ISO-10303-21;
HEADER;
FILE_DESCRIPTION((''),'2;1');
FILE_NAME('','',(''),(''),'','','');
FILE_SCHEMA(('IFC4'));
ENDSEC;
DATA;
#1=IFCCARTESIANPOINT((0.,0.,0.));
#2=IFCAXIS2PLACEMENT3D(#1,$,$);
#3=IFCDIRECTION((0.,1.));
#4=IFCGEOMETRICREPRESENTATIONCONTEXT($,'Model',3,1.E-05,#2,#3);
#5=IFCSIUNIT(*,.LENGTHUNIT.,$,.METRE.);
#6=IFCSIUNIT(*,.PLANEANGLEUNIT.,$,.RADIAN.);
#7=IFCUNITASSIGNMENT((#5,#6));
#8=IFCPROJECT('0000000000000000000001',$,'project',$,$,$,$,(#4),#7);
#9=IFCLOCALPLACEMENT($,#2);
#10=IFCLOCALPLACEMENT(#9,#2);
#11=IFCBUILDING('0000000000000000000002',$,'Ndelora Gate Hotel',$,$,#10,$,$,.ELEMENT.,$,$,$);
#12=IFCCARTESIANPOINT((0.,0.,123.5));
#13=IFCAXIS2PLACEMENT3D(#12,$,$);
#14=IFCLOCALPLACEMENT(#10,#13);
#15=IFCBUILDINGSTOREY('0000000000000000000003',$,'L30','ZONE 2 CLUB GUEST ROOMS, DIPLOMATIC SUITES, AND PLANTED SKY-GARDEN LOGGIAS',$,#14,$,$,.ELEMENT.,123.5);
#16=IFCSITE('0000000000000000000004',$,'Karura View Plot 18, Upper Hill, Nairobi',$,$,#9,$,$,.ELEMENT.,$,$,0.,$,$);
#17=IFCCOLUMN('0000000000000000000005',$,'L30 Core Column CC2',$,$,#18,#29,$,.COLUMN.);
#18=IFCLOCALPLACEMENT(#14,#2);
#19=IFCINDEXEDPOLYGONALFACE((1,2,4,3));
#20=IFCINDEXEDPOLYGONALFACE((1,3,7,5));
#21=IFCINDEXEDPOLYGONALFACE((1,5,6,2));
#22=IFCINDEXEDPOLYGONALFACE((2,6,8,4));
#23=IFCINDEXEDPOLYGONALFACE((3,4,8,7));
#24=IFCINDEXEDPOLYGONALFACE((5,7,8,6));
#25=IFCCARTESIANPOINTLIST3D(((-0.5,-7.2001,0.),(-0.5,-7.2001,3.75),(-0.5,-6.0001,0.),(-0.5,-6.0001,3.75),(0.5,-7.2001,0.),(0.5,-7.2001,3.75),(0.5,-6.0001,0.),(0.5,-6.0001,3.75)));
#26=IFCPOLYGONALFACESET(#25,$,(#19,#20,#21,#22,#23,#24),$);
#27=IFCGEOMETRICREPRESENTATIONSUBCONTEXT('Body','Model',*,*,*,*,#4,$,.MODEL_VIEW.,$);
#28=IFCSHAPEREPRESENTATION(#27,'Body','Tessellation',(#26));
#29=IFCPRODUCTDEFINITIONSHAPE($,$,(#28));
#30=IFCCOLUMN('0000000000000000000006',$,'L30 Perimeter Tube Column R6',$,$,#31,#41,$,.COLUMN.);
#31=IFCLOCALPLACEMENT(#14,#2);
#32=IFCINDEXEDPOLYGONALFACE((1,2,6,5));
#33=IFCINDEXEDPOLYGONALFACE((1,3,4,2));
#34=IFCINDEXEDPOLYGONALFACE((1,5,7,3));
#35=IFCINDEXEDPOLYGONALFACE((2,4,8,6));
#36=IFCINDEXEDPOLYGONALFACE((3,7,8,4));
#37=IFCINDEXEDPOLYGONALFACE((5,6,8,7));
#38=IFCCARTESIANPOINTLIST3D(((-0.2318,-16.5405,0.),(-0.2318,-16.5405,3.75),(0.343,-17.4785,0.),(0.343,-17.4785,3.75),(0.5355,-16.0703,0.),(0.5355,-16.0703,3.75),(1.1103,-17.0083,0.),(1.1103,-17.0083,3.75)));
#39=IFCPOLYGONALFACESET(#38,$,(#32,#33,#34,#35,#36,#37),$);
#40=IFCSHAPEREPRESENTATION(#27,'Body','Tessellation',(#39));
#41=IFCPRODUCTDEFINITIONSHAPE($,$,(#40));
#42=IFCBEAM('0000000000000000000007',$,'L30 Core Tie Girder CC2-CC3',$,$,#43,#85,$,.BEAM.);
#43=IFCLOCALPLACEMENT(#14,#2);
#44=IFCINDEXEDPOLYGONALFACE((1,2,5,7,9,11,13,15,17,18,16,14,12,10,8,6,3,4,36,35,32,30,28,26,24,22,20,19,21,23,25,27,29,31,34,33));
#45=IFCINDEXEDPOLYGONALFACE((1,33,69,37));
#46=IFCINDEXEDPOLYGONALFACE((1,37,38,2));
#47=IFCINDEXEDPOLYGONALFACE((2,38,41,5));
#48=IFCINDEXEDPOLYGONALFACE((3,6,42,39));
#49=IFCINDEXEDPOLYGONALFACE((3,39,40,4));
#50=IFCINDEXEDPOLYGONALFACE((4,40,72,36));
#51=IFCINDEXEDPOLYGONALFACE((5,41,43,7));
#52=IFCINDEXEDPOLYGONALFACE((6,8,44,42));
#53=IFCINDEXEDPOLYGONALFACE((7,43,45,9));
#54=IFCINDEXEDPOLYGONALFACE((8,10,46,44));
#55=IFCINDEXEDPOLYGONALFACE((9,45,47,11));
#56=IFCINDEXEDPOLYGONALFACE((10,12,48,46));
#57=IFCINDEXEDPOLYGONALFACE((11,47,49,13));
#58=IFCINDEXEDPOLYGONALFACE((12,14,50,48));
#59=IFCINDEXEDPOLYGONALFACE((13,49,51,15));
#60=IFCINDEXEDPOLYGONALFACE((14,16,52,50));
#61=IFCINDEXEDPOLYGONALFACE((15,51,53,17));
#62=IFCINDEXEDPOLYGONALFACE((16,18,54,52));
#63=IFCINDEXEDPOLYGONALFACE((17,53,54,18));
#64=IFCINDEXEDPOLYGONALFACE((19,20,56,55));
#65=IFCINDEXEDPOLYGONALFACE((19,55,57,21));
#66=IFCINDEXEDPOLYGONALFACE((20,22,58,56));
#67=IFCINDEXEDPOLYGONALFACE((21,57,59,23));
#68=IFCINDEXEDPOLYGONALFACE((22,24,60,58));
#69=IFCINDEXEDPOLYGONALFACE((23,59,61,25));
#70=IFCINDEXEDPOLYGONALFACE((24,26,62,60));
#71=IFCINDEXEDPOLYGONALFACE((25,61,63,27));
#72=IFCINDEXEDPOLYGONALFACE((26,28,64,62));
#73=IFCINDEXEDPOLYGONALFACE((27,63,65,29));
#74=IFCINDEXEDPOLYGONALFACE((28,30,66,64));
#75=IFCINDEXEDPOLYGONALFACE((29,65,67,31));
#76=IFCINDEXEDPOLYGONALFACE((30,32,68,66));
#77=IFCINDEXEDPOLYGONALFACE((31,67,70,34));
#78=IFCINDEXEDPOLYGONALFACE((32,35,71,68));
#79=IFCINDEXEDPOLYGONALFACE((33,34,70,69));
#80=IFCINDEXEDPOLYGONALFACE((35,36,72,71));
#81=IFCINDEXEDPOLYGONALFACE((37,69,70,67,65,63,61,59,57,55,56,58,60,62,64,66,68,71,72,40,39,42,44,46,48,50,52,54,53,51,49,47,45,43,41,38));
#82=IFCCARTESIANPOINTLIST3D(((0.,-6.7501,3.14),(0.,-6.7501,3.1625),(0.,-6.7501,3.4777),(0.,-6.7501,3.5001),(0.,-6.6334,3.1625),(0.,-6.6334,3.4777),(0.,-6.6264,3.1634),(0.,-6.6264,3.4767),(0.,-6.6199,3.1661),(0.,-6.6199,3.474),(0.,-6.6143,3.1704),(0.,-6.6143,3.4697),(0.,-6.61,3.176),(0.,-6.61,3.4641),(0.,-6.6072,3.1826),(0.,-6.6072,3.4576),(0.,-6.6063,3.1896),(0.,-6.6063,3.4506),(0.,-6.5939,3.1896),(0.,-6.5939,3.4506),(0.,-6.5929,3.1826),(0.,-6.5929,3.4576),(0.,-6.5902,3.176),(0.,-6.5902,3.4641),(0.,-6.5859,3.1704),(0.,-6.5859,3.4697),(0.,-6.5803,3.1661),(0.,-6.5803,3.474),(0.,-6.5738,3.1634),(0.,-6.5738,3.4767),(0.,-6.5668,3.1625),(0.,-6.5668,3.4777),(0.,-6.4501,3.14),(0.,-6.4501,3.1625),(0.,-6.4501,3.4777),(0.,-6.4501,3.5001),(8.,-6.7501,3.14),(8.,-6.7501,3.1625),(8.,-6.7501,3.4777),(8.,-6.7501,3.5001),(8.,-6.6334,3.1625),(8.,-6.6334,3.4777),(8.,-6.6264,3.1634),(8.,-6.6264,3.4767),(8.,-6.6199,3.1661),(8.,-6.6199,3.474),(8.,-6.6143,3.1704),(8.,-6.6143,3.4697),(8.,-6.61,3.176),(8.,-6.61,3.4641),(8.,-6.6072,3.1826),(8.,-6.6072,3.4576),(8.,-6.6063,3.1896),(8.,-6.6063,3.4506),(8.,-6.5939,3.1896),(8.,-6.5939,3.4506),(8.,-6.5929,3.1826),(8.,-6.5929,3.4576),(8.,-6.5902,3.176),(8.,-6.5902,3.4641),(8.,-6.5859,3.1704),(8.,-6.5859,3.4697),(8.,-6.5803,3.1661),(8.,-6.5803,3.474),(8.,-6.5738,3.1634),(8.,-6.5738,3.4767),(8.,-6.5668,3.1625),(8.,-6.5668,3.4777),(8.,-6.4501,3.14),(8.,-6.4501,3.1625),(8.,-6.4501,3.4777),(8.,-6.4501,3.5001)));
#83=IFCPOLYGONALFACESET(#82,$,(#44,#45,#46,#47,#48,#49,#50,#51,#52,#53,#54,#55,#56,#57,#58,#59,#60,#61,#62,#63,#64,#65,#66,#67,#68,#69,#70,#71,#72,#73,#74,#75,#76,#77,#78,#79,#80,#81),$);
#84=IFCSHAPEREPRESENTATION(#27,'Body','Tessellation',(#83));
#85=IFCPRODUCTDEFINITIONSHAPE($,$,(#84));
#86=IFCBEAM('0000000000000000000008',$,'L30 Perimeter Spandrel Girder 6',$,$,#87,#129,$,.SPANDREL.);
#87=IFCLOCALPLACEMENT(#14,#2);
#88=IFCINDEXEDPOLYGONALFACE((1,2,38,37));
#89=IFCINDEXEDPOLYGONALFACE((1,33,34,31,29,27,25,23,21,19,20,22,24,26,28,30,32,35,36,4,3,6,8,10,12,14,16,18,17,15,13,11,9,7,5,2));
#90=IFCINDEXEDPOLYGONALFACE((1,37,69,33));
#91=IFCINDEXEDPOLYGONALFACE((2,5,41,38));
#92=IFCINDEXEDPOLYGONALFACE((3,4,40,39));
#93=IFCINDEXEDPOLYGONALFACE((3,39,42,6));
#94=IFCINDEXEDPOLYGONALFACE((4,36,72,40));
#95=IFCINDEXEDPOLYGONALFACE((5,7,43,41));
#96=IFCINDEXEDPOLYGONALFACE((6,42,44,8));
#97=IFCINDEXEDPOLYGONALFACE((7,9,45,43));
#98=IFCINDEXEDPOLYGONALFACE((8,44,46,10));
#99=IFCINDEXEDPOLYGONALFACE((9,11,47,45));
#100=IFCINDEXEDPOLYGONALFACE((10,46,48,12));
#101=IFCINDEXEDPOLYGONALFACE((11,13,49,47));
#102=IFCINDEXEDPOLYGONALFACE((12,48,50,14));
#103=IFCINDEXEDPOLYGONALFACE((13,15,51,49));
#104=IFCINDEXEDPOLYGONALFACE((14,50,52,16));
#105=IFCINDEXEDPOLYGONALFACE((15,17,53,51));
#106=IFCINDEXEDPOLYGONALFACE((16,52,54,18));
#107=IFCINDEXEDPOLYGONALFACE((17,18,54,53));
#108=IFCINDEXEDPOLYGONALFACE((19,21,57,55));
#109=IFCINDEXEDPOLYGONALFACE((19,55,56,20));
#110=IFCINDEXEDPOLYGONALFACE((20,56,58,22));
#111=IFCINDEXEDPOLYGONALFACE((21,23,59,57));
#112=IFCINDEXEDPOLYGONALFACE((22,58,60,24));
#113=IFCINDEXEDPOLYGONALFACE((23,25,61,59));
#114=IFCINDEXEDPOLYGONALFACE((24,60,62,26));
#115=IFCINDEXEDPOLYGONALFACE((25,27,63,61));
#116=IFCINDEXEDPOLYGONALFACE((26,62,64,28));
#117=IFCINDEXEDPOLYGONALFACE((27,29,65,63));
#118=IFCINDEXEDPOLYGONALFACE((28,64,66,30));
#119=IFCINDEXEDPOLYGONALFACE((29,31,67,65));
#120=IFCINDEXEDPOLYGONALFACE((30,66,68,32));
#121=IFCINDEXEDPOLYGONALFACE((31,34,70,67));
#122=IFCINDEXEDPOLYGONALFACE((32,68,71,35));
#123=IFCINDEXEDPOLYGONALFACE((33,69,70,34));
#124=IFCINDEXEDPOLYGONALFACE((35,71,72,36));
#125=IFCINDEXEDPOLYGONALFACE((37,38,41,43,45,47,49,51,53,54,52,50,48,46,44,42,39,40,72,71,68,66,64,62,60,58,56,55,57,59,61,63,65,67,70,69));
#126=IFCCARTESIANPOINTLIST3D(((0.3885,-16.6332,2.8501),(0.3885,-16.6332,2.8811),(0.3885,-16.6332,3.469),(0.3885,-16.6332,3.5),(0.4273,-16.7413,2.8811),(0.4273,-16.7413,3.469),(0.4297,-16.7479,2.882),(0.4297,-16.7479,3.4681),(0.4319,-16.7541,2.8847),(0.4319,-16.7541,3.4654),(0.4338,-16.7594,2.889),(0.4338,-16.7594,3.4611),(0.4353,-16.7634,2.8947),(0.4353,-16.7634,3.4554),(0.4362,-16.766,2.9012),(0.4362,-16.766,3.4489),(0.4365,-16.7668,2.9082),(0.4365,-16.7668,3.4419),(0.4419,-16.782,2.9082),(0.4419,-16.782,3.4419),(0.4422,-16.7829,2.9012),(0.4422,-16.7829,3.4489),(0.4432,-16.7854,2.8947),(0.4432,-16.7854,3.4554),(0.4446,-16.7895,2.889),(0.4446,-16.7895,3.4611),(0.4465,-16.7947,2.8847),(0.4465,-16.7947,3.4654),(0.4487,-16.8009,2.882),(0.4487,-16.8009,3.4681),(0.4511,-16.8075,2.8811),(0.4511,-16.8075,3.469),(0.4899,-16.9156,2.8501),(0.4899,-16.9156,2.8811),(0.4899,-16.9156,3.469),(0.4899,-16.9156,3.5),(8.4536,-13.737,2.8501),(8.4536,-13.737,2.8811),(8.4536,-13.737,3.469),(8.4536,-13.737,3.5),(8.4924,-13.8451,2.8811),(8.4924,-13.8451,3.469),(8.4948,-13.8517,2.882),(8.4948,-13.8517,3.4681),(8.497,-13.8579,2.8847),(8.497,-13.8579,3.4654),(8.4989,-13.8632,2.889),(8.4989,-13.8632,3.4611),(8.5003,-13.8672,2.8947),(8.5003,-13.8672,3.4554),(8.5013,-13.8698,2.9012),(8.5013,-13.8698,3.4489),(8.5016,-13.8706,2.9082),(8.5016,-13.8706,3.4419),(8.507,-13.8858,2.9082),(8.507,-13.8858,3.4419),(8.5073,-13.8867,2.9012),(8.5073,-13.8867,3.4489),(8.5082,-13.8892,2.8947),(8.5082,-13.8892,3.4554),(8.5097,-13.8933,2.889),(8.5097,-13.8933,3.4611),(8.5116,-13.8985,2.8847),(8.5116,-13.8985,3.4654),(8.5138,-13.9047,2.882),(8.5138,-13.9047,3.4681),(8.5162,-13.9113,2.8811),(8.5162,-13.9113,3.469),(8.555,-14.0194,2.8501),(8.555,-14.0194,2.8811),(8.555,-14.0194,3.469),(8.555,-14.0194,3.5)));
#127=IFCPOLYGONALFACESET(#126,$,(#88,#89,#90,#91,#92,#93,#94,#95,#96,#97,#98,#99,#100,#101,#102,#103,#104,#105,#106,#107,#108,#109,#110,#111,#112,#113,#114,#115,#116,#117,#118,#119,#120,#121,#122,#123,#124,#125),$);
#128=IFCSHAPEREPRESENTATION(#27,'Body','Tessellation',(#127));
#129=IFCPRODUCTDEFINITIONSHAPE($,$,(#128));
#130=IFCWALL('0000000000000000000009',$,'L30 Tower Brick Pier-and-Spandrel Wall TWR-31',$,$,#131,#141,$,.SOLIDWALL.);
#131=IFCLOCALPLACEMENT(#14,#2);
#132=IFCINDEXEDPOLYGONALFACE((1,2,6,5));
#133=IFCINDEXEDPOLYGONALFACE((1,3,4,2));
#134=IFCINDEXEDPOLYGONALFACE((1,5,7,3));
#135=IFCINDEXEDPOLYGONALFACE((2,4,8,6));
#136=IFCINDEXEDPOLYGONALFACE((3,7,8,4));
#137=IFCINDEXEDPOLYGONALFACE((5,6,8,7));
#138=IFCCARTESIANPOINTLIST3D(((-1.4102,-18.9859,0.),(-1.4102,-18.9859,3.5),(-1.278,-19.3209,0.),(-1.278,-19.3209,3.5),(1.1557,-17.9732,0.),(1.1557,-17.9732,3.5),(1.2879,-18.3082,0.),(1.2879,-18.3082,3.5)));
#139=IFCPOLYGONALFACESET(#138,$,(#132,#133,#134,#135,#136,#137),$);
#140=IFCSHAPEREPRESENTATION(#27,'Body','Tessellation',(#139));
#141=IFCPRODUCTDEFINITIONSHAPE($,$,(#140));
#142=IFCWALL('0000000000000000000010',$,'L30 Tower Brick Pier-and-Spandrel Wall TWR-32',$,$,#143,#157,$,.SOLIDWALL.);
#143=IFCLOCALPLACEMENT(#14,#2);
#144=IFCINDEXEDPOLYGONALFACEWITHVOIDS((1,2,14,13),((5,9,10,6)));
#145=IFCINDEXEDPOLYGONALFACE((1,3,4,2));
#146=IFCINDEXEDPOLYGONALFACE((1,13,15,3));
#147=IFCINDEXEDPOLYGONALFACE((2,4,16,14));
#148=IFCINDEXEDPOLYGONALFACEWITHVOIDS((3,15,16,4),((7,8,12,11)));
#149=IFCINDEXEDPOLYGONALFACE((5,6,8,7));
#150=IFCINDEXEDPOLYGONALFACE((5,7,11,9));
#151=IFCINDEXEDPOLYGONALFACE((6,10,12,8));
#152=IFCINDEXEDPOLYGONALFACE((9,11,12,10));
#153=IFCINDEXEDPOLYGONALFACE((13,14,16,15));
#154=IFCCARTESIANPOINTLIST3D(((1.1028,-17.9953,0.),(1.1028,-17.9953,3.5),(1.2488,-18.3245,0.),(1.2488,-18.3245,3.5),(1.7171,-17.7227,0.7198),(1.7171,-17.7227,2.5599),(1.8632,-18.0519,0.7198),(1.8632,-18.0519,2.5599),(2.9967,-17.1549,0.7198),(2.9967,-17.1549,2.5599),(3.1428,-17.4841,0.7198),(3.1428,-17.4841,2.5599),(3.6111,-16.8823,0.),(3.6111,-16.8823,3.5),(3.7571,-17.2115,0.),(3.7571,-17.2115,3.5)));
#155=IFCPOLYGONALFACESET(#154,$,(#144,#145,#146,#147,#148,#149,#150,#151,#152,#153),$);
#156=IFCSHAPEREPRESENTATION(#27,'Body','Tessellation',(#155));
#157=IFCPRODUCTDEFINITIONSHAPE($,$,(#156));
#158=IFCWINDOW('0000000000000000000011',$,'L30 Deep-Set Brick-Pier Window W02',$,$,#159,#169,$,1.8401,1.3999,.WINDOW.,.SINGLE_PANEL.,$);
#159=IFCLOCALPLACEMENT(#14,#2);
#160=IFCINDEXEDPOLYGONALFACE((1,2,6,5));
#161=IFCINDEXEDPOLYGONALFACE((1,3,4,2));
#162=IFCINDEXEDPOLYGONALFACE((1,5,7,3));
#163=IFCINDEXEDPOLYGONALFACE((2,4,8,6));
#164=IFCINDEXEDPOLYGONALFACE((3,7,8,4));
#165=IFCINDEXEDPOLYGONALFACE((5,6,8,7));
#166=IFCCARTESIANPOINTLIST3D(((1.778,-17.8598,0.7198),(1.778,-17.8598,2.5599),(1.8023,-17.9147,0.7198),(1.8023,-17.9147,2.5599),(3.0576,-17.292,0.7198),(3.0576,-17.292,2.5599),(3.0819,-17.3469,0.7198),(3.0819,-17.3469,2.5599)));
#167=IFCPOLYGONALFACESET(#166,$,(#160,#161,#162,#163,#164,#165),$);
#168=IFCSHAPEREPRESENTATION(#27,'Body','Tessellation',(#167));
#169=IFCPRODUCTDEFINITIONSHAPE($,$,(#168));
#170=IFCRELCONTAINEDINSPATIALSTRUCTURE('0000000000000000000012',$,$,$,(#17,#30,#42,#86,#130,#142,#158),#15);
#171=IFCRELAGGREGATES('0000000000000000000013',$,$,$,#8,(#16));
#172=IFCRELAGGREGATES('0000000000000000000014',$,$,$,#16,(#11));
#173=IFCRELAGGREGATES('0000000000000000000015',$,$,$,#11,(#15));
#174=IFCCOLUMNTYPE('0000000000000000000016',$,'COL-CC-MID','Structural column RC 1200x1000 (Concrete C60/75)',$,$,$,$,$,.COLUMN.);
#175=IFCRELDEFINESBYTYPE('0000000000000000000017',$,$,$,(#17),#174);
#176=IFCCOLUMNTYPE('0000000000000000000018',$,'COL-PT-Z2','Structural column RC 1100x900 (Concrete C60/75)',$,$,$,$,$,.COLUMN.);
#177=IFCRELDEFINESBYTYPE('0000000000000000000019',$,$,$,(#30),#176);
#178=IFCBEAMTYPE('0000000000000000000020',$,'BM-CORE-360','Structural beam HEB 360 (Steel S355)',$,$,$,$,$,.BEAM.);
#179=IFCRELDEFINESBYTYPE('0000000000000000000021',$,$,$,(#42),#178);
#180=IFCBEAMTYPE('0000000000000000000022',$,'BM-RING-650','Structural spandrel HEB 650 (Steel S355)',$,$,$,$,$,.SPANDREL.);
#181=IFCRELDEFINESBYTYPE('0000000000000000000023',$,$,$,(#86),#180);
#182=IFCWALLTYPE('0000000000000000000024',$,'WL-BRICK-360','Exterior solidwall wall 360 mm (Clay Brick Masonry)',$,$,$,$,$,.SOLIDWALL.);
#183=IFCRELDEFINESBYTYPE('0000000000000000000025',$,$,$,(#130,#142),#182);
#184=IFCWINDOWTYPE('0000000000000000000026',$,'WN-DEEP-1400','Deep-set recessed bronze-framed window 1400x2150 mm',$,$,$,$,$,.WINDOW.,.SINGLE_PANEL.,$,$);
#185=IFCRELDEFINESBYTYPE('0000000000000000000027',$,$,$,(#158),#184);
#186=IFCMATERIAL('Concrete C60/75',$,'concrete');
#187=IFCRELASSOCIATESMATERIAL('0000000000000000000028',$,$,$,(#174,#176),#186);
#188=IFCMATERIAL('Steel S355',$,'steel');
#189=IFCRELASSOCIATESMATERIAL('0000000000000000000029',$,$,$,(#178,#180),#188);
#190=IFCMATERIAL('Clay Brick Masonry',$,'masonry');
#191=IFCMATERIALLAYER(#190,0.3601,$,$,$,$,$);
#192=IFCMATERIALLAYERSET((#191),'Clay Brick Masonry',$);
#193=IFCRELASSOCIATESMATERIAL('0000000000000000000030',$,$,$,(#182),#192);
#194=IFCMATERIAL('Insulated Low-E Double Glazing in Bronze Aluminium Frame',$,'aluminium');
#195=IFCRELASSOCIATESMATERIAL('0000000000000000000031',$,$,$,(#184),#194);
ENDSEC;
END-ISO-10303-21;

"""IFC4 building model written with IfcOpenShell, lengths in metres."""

from ifc_helpers import new_model, si_unit, direction, frame, frame_2d, origin, origin_2d, place, context, subcontext, project, spatial, rectangle, i_section, extrude, material, layer, layer_set, material_profile, profile_set, type_object, element, fill, save


model = new_model("IFC4")

# Units and contexts
model_context = context("Model", 3, precision=1e-05, world=origin(), true_north=direction((0.0, 1.0)))
body_context = subcontext(model_context, "Body", "Model", "MODEL_VIEW")
ifc_project = project(units=[si_unit("LENGTHUNIT", "METRE"), si_unit("PLANEANGLEUNIT", "RADIAN")], contexts=[model_context])

# Site, building, storey
site_placement = place(None, origin())
site = spatial("IfcSite", under=ifc_project, at=site_placement, Name="Karura View Plot 18, Upper Hill, Nairobi", CompositionType="ELEMENT", RefElevation=0.0)
building_placement = place(site_placement, origin())
building = spatial("IfcBuilding", under=site, at=building_placement, Name="Ndelora Gate Hotel", CompositionType="ELEMENT")
storey_placement = place(building_placement, frame((0.0, 0.0, 123.5)))
storey = spatial("IfcBuildingStorey", under=building, at=storey_placement, Name="L30", Description="ZONE 2 CLUB GUEST ROOMS, DIPLOMATIC SUITES, AND PLANTED SKY-GARDEN LOGGIAS", CompositionType="ELEMENT", Elevation=123.5)

# Columns
ifc_material_1 = material(Name="Concrete C60/75", Category="concrete")
ifc_material_profile_1 = material_profile(ifc_material_1, rectangle(XDim=1.0, YDim=1.2, at=origin_2d()), Name="RC 1200x1000")
ifc_profile_set_1 = profile_set([ifc_material_profile_1], Name="Concrete C60/75")
column_type_1 = type_object("IfcColumnType", Name="COL-CC-MID", Description="Structural column RC 1200x1000 (Concrete C60/75)", PredefinedType="COLUMN", material=ifc_profile_set_1)
column_1_placement = place(storey_placement, frame((0.0, -6.6001, 0.0), z_axis=(0.0, 0.0, 1.0), x_axis=(1.0, 0.0, 0.0)))
element("IfcColumn", 1, at=column_1_placement, inside=storey, type_object=column_type_1, Name="L30 Core Column CC2", PredefinedType="COLUMN", context=body_context, shape_type="SweptSolid", body=[
    extrude(rectangle(XDim=1.0, YDim=1.2, at=origin_2d()), origin(), (0.0, 0.0, 1.0), 3.75),
])
ifc_material_profile_2 = material_profile(ifc_material_1, rectangle(XDim=0.8999, YDim=1.1001, at=origin_2d()), Name="RC 1100x900")
ifc_profile_set_2 = profile_set([ifc_material_profile_2], Name="Concrete C60/75")
column_type_2 = type_object("IfcColumnType", Name="COL-PT-Z2", Description="Structural column RC 1100x900 (Concrete C60/75)", PredefinedType="COLUMN", material=ifc_profile_set_2)
column_2_placement = place(storey_placement, frame((0.4392, -16.7744, 0.0), z_axis=(0.0, 0.0, 1.0), x_axis=(0.85264, 0.522499, 0.0)))
element("IfcColumn", 2, at=column_2_placement, inside=storey, type_object=column_type_2, Name="L30 Perimeter Tube Column R6", PredefinedType="COLUMN", context=body_context, shape_type="SweptSolid", body=[
    extrude(rectangle(XDim=0.8999, YDim=1.1001, at=origin_2d()), origin(), (0.0, 0.0, 1.0), 3.75),
])

# Beams
ifc_material_2 = material(Name="Steel S355", Category="steel")
ifc_material_profile_3 = material_profile(ifc_material_2, i_section(OverallWidth=0.3, OverallDepth=0.3601, WebThickness=0.0125, FlangeThickness=0.0225, FilletRadius=0.0271, at=origin_2d()), Name="HEB 360")
ifc_profile_set_3 = profile_set([ifc_material_profile_3], Name="Steel S355")
beam_type_1 = type_object("IfcBeamType", Name="BM-CORE-360", Description="Structural beam HEB 360 (Steel S355)", PredefinedType="BEAM", material=ifc_profile_set_3)
beam_1_placement = place(storey_placement, frame((0.0, -6.6001, 3.3201), z_axis=(1.0, 0.0, 0.0), x_axis=(0.0, 1.0, 0.0)))
element("IfcBeam", 3, at=beam_1_placement, inside=storey, type_object=beam_type_1, Name="L30 Core Tie Girder CC2-CC3", PredefinedType="BEAM", context=body_context, shape_type="SweptSolid", body=[
    extrude(i_section(OverallWidth=0.3, OverallDepth=0.3601, WebThickness=0.0125, FlangeThickness=0.0225, FilletRadius=0.0271, at=origin_2d()), origin(), (0.0, 0.0, 1.0), 8.0),
])
ifc_material_profile_4 = material_profile(ifc_material_2, i_section(OverallWidth=0.3, OverallDepth=0.6499, WebThickness=0.0161, FlangeThickness=0.031, FilletRadius=0.0271, at=origin_2d()), Name="HEB 650")
ifc_profile_set_4 = profile_set([ifc_material_profile_4], Name="Steel S355")
beam_type_2 = type_object("IfcBeamType", Name="BM-RING-650", Description="Structural spandrel HEB 650 (Steel S355)", PredefinedType="SPANDREL", material=ifc_profile_set_4)
beam_2_placement = place(storey_placement, frame((0.4392, -16.7744, 3.175), z_axis=(0.941156, 0.337973, 0.0), x_axis=(-0.337973, 0.941156, 0.0)))
element("IfcBeam", 4, at=beam_2_placement, inside=storey, type_object=beam_type_2, Name="L30 Perimeter Spandrel Girder 6", PredefinedType="SPANDREL", context=body_context, shape_type="SweptSolid", body=[
    extrude(i_section(OverallWidth=0.3, OverallDepth=0.6499, WebThickness=0.0161, FlangeThickness=0.031, FilletRadius=0.0271, at=origin_2d()), origin(), (0.0, 0.0, 1.0), 8.5693),
])

# Wall
ifc_material_3 = material(Name="Clay Brick Masonry", Category="masonry")
ifc_layer_1 = layer(ifc_material_3, 0.3601)
ifc_layer_set_1 = layer_set([ifc_layer_1], Name="Clay Brick Masonry")
wall_type_1 = type_object("IfcWallType", Name="WL-BRICK-360", Description="Exterior solidwall wall 360 mm (Clay Brick Masonry)", PredefinedType="SOLIDWALL", material=ifc_layer_set_1)
wall_1_placement = place(storey_placement, frame((1.2219, -18.1406, 0.0), z_axis=(0.0, 0.0, 1.0), x_axis=(-0.930176, -0.367114, 0.0)))
element("IfcWall", 5, at=wall_1_placement, inside=storey, type_object=wall_type_1, Name="L30 Tower Brick Pier-and-Spandrel Wall TWR-31", PredefinedType="SOLIDWALL", context=body_context, shape_type="SweptSolid", body=[
    extrude(rectangle(XDim=2.7585, YDim=0.3601, at=frame_2d((1.3794, 0.0))), origin(), (0.0, 0.0, 1.0), 3.5),
])

# Wall, opening, window
wall_2_placement = place(storey_placement, frame((3.6841, -17.0469, 0.0), z_axis=(0.0, 0.0, 1.0), x_axis=(-0.91405, -0.405602, 0.0)))
wall_2 = element("IfcWall", 6, at=wall_2_placement, inside=storey, type_object=wall_type_1, Name="L30 Tower Brick Pier-and-Spandrel Wall TWR-32", PredefinedType="SOLIDWALL", context=body_context, shape_type="SweptSolid", body=[
    extrude(rectangle(XDim=2.7441, YDim=0.3601, at=frame_2d((1.3721, 0.0))), origin(), (0.0, 0.0, 1.0), 3.5),
])
opening_1_placement = place(wall_2_placement, frame((0.6721, 0.0, 0.72)))
opening_1 = element("IfcOpeningElement", 7, at=opening_1_placement, cuts=wall_2, PredefinedType="OPENING", context=body_context, shape_type="SweptSolid", body=[
    extrude(rectangle(XDim=1.3999, YDim=1.8401, at=frame_2d((0.7, 0.9199))), frame((0.0, 0.1899, 0.0), z_axis=(0.0, -1.0, 0.0), x_axis=(1.0, 0.0, 0.0)), (0.0, 0.0, 1.0), 0.3801),
])
ifc_material_4 = material(Name="Insulated Low-E Double Glazing in Bronze Aluminium Frame", Category="aluminium")
window_type = type_object("IfcWindowType", Name="WN-DEEP-1400", Description="Deep-set recessed bronze-framed window 1400x2150 mm", PartitioningType="SINGLE_PANEL", PredefinedType="WINDOW", material=ifc_material_4)
window_1_placement = place(opening_1_placement, origin())
window_1 = element("IfcWindow", 8, at=window_1_placement, inside=storey, type_object=window_type, Name="L30 Deep-Set Brick-Pier Window W02", OverallHeight=1.8401, OverallWidth=1.3999, PartitioningType="SINGLE_PANEL", PredefinedType="WINDOW", context=body_context, shape_type="SweptSolid", body=[
    extrude(rectangle(XDim=1.3999, YDim=1.8401, at=frame_2d((0.7, 0.9199))), frame((0.0, 0.03, 0.0), z_axis=(0.0, -1.0, 0.0), x_axis=(1.0, 0.0, 0.0)), (0.0, 0.0, 1.0), 0.0601),
])
fill(opening_1, window_1)

save(model, "model.ifc")
